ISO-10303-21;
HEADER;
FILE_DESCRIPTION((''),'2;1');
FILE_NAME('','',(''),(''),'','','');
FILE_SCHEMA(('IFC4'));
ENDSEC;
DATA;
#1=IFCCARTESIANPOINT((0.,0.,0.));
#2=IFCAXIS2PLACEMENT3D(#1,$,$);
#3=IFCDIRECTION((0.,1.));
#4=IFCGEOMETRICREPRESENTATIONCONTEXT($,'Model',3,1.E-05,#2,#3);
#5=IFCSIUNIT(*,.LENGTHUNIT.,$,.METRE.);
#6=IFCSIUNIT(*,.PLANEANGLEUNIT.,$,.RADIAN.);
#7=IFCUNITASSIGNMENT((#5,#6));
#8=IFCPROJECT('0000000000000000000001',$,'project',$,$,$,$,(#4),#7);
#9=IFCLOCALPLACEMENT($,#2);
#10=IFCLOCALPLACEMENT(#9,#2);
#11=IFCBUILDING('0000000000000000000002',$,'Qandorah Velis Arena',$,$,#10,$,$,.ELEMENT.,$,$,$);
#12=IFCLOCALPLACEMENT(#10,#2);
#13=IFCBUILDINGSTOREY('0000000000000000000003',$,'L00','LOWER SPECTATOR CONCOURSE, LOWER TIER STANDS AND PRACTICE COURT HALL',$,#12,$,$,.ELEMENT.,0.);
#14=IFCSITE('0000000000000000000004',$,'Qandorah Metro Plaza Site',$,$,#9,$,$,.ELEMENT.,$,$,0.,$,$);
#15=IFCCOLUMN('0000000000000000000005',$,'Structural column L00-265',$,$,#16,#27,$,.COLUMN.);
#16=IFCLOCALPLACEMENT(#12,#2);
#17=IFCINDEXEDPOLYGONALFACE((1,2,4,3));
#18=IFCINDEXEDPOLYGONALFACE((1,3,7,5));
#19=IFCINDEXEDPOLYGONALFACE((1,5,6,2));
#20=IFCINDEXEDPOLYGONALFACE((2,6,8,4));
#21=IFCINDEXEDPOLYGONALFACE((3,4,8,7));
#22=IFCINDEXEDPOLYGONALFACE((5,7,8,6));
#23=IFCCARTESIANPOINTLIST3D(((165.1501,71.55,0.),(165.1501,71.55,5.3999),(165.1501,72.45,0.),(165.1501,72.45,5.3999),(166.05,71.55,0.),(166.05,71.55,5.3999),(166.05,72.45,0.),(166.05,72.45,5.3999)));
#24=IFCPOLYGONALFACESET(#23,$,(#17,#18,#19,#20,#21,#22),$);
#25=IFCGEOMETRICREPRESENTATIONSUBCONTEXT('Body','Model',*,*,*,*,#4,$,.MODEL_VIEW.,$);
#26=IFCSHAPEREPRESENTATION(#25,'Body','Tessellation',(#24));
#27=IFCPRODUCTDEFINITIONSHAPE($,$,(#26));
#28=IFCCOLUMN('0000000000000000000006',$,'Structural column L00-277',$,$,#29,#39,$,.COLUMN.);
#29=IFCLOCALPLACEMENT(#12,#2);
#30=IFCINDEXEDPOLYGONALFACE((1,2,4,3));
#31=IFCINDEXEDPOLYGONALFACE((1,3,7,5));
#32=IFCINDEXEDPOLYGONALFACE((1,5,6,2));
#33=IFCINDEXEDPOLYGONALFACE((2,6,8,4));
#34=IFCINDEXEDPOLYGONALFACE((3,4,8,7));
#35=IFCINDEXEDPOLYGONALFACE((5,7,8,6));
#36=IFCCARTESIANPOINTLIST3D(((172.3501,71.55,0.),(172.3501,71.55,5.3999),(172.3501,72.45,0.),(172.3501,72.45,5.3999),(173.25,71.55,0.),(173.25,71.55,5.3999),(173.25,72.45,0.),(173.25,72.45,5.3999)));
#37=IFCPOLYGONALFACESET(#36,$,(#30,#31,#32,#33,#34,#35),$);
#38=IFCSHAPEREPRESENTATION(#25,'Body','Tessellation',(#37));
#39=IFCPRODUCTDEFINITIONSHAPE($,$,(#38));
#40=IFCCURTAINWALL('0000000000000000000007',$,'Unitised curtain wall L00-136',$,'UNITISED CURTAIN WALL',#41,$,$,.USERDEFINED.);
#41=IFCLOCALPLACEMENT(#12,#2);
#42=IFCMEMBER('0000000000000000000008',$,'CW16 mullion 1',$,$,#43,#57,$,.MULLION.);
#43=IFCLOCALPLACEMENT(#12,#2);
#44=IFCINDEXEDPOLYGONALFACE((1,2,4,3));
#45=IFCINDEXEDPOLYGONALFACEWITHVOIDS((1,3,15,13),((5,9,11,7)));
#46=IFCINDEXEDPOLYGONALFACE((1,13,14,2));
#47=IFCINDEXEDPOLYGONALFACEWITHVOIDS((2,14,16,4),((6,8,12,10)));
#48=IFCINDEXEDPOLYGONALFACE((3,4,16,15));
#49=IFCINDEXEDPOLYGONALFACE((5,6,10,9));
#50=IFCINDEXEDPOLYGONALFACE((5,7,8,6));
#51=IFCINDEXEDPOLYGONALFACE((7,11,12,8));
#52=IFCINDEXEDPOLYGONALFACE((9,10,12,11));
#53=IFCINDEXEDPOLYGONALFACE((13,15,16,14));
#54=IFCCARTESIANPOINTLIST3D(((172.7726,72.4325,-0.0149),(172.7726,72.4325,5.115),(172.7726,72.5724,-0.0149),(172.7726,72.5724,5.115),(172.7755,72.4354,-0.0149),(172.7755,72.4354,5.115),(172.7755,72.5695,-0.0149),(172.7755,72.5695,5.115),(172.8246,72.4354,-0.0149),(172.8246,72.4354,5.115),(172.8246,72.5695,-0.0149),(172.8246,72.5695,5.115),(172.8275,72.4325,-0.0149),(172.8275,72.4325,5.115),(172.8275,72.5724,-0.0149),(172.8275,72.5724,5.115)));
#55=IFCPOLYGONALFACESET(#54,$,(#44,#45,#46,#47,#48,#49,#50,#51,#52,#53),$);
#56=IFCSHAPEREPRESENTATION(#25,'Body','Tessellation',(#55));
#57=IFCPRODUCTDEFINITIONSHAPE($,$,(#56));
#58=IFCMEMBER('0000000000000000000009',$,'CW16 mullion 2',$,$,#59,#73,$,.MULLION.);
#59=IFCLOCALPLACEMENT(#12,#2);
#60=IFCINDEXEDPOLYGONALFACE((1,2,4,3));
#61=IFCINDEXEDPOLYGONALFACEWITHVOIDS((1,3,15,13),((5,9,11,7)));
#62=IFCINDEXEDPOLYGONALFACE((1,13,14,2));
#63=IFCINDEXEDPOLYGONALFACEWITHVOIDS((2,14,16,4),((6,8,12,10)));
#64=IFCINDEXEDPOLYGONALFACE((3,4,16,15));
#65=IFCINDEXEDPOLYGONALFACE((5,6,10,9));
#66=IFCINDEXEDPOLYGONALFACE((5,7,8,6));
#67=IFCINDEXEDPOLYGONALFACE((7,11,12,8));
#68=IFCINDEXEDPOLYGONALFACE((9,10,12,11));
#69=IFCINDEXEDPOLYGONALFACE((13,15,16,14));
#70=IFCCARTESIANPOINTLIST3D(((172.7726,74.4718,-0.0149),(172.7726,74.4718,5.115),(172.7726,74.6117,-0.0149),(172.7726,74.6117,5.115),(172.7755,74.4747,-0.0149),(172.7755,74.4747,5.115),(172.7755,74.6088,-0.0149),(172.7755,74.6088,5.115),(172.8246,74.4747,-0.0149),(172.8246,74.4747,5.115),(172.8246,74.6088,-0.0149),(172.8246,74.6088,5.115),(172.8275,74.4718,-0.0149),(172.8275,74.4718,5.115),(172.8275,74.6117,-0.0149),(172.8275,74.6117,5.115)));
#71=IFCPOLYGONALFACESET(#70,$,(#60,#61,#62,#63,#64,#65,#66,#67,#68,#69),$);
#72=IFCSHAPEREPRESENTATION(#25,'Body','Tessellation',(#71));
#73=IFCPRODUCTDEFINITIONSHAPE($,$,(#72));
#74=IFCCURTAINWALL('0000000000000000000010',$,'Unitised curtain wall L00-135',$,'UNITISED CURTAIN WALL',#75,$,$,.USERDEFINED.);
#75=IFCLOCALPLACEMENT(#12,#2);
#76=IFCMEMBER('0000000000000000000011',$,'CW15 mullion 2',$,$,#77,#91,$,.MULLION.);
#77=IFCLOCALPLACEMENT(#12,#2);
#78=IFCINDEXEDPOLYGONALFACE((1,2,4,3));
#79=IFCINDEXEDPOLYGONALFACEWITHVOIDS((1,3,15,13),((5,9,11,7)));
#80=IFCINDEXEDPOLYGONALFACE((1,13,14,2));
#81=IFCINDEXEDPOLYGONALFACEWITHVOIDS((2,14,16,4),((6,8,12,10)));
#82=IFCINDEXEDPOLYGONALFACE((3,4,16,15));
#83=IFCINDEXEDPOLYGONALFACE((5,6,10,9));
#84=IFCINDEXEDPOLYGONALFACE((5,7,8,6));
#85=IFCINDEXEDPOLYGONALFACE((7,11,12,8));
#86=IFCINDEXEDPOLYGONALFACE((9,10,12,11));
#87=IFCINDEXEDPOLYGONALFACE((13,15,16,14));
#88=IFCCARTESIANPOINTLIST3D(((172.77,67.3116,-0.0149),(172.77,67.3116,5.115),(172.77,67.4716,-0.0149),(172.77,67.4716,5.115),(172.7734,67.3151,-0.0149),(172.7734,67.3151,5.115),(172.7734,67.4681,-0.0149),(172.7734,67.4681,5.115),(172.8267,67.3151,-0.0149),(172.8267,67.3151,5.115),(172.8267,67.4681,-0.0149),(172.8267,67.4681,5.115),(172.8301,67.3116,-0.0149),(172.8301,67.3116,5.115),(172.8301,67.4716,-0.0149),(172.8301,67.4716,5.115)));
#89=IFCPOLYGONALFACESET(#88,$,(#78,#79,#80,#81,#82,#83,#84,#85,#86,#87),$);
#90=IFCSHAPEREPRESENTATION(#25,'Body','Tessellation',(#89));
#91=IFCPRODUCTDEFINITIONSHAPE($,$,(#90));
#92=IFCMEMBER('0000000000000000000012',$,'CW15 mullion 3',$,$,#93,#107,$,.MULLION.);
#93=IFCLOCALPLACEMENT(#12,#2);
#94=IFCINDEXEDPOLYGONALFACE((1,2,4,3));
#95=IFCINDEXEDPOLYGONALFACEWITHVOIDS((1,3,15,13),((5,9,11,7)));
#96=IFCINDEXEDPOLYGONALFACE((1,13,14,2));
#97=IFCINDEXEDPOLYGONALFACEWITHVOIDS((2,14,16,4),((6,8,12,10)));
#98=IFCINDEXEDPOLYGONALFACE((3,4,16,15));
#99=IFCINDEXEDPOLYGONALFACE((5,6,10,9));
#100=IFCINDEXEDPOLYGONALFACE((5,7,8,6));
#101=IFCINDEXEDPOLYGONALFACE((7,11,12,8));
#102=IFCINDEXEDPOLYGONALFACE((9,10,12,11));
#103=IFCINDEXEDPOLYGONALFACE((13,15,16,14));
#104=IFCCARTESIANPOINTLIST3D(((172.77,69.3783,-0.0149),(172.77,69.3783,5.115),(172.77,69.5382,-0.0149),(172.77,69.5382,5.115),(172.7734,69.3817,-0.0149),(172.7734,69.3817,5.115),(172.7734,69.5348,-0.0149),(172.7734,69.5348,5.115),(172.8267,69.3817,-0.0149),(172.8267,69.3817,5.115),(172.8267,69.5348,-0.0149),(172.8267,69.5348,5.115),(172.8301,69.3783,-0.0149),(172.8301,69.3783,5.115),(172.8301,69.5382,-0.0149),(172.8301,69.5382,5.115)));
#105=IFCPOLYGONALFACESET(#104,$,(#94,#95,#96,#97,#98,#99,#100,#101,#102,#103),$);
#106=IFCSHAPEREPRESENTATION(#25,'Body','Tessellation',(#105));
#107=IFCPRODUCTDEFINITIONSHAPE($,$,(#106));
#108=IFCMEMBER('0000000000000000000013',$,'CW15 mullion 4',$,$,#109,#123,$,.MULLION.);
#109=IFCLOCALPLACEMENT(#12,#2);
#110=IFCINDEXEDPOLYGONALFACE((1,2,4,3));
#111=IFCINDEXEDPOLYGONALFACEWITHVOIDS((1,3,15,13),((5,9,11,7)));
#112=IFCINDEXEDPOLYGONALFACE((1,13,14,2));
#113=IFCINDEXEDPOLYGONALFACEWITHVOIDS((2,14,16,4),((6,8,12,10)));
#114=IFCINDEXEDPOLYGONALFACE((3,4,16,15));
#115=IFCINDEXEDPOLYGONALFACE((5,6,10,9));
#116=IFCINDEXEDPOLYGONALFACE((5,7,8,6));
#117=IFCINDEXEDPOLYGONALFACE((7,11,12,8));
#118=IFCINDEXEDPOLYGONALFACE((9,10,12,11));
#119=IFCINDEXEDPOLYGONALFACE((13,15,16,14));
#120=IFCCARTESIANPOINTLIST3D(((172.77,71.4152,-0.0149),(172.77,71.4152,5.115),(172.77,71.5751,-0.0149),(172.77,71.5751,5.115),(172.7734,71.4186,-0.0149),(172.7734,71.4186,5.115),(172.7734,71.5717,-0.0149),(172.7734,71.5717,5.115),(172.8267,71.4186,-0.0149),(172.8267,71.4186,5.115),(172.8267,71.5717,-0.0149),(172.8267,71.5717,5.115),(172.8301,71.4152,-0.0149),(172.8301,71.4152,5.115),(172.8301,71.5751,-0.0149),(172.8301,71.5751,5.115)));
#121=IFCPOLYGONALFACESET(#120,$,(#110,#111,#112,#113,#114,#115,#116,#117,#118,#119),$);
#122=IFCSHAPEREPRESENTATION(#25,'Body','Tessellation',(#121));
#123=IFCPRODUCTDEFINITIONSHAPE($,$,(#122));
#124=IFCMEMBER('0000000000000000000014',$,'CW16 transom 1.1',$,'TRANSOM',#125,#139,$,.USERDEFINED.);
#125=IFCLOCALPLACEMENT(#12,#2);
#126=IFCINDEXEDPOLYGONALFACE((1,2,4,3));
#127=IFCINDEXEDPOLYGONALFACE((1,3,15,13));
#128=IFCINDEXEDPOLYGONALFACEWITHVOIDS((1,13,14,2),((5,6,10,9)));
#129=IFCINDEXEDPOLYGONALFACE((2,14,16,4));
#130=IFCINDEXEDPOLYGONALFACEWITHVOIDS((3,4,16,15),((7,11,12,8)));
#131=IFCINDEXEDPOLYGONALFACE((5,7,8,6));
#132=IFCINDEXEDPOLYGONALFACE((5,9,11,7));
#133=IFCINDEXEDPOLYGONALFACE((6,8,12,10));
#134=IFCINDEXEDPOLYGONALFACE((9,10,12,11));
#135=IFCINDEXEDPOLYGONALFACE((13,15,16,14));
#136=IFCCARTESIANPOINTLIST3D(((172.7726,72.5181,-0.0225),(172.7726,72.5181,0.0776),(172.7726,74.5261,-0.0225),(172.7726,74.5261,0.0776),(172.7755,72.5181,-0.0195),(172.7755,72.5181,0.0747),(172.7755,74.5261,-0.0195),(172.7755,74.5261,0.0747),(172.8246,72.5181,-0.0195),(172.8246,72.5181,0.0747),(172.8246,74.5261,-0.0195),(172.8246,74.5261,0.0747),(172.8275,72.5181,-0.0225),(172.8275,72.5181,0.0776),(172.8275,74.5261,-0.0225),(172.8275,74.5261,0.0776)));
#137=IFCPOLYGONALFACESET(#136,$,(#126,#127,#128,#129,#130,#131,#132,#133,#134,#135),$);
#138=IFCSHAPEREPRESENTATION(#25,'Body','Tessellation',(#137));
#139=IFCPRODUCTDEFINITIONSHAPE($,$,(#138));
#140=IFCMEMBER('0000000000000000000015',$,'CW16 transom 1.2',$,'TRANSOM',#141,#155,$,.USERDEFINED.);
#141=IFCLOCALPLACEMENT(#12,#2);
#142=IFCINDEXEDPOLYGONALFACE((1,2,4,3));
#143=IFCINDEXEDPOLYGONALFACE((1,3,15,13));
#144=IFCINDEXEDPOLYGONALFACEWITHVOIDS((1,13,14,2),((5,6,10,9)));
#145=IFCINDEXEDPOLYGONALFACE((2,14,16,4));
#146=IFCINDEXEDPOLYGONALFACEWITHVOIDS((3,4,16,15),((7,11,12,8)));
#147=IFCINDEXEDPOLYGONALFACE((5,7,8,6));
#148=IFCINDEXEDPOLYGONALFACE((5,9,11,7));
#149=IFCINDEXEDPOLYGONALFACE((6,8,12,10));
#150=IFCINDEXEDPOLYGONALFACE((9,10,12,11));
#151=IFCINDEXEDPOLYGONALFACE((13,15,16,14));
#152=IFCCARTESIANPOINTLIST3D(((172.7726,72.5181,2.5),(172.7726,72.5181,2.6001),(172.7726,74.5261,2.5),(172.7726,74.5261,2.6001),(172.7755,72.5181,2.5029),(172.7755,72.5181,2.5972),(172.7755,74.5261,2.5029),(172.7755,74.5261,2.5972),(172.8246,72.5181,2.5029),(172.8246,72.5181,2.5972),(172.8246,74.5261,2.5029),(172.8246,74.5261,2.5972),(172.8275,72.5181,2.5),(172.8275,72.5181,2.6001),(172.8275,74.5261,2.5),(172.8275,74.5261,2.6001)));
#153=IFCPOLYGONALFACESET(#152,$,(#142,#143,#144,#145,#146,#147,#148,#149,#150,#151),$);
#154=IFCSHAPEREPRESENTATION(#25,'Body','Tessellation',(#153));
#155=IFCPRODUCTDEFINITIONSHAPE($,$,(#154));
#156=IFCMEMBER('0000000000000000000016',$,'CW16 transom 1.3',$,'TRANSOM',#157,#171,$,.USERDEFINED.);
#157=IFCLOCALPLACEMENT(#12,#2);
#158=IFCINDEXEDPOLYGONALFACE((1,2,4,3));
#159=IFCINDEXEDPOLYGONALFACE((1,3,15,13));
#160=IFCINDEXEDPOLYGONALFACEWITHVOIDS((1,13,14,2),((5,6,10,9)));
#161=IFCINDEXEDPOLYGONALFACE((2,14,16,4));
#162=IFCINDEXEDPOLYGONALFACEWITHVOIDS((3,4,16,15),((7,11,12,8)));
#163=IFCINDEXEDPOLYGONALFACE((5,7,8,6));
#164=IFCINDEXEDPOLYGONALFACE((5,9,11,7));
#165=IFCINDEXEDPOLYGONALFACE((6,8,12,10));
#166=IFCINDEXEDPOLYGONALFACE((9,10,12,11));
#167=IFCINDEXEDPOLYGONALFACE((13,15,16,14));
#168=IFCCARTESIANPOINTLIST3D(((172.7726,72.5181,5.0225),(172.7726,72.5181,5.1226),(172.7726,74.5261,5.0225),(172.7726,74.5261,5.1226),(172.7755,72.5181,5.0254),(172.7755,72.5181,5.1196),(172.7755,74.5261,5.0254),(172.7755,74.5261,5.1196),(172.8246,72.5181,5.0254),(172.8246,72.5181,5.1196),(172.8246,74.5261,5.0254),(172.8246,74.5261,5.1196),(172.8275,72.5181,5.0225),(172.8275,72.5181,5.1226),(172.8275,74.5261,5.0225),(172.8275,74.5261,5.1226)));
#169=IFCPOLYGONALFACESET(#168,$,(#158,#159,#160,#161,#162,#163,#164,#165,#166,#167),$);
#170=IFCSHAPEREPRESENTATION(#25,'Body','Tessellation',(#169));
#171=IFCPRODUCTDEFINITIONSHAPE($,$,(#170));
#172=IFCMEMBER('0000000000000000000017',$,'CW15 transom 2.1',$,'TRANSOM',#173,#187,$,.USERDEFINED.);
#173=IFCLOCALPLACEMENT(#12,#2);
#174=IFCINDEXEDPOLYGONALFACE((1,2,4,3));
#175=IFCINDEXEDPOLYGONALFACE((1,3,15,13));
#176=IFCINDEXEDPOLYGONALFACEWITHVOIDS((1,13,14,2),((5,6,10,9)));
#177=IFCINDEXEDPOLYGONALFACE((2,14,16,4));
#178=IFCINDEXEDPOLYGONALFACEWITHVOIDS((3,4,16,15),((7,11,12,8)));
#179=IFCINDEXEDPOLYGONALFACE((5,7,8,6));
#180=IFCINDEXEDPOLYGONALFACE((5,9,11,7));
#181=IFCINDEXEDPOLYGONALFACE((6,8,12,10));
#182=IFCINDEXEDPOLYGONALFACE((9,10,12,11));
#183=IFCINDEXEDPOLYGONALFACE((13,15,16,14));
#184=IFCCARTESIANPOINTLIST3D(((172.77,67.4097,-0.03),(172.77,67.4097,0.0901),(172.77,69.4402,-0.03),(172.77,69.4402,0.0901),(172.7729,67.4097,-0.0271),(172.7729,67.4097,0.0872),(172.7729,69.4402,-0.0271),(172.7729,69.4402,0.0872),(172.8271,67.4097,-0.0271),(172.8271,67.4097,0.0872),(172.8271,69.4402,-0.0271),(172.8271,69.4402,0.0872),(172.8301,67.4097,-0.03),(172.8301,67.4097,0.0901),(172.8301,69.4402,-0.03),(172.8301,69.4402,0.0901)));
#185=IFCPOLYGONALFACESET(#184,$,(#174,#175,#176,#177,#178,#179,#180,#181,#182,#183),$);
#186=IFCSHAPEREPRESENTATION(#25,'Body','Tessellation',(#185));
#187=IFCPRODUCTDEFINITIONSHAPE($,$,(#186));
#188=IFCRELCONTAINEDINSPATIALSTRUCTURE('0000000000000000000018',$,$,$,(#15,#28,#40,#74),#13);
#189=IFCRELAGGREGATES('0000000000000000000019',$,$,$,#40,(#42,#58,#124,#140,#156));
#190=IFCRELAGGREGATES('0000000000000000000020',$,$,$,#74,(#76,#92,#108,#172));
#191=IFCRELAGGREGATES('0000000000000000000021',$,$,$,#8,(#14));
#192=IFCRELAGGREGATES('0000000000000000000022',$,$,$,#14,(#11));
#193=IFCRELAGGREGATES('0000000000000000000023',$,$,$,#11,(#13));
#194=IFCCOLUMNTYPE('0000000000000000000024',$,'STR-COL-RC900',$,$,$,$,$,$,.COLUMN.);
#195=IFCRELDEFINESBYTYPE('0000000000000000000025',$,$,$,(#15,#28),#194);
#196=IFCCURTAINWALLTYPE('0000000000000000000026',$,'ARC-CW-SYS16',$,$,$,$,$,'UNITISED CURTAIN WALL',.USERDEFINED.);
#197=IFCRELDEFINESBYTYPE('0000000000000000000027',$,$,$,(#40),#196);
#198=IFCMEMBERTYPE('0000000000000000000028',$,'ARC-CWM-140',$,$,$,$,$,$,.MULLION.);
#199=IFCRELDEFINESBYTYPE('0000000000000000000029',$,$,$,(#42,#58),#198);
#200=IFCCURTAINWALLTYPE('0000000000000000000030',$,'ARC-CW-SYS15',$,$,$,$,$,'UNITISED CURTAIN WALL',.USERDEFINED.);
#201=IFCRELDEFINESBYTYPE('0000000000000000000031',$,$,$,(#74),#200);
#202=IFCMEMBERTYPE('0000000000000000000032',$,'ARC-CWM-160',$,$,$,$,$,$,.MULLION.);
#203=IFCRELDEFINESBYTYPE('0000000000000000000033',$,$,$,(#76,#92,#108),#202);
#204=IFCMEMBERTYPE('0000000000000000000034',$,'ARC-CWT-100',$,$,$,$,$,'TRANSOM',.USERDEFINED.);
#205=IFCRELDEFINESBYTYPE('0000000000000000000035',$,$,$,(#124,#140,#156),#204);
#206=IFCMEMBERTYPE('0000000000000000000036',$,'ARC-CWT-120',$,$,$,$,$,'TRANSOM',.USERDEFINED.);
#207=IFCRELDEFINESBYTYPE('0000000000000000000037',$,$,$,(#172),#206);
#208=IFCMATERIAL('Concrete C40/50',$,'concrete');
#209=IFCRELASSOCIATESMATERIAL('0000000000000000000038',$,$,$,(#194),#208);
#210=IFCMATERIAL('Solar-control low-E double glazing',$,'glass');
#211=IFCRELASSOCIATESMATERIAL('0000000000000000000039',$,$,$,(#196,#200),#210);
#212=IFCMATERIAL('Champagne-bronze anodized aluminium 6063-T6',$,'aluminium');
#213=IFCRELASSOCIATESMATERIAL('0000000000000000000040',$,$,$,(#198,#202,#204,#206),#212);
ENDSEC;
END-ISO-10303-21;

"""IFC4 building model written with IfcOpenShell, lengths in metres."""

from ifc_helpers import new_model, si_unit, direction, frame, origin, origin_2d, place, context, subcontext, project, spatial, rectangle, hollow_rectangle, extrude, material, material_profile, profile_set, type_object, element, aggregate, save


model = new_model("IFC4")

# Units and contexts
model_context = context("Model", 3, precision=1e-05, world=origin(), true_north=direction((0.0, 1.0)))
body_context = subcontext(model_context, "Body", "Model", "MODEL_VIEW")
ifc_project = project(units=[si_unit("LENGTHUNIT", "METRE"), si_unit("PLANEANGLEUNIT", "RADIAN")], contexts=[model_context])

# Site, building, storey
site_placement = place(None, origin())
site = spatial("IfcSite", under=ifc_project, at=site_placement, Name="Qandorah Metro Plaza Site", CompositionType="ELEMENT", RefElevation=0.0)
building_placement = place(site_placement, origin())
building = spatial("IfcBuilding", under=site, at=building_placement, Name="Qandorah Velis Arena", CompositionType="ELEMENT")
storey_placement = place(building_placement, origin())
storey = spatial("IfcBuildingStorey", under=building, at=storey_placement, Name="L00", Description="LOWER SPECTATOR CONCOURSE, LOWER TIER STANDS AND PRACTICE COURT HALL", CompositionType="ELEMENT", Elevation=0.0)

# Columns
ifc_material_1 = material(Name="Concrete C40/50", Category="concrete")
ifc_material_profile_1 = material_profile(ifc_material_1, rectangle(XDim=0.8999, YDim=0.8999, at=origin_2d()), Name="RC COL 900x900")
ifc_profile_set_1 = profile_set([ifc_material_profile_1], Name="Concrete C40/50")
column_type = type_object("IfcColumnType", Name="STR-COL-RC900", PredefinedType="COLUMN", material=ifc_profile_set_1)
for number, where, z_axis, x_axis, name in (
    (1, (165.6001, 72.0, 0.0), (0.0, 0.0, 1.0), (1.0, 0.0, 0.0), "Structural column L00-265"),
    (2, (172.8, 72.0, 0.0), (0.0, 0.0, 1.0), (1.0, 0.0, 0.0), "Structural column L00-277"),
):
    element("IfcColumn", number, at=place(storey_placement, frame(where, z_axis=z_axis, x_axis=x_axis)), inside=storey, type_object=column_type, Name=name, PredefinedType="COLUMN", context=body_context, shape_type="SweptSolid", body=[
        extrude(rectangle(XDim=0.8999, YDim=0.8999, at=origin_2d()), origin(), (0.0, 0.0, 1.0), 5.3999),
    ])

# Curtain walls, members
ifc_material_2 = material(Name="Solar-control low-E double glazing", Category="glass")
curtain_wall_type_1 = type_object("IfcCurtainWallType", Name="ARC-CW-SYS16", ElementType="UNITISED CURTAIN WALL", PredefinedType="USERDEFINED", material=ifc_material_2)
curtain_wall_1_placement = place(storey_placement, origin())
curtain_wall_1 = element("IfcCurtainWall", 3, at=curtain_wall_1_placement, inside=storey, type_object=curtain_wall_type_1, Name="Unitised curtain wall L00-136", ObjectType="UNITISED CURTAIN WALL", PredefinedType="USERDEFINED")
ifc_material_3 = material(Name="Champagne-bronze anodized aluminium 6063-T6", Category="aluminium")
ifc_material_profile_2 = material_profile(ifc_material_3, hollow_rectangle(XDim=0.0549, YDim=0.1399, WallThickness=0.0029, at=origin_2d()), Name="ALU MULLION 55x140")
ifc_profile_set_2 = profile_set([ifc_material_profile_2], Name="Champagne-bronze anodized aluminium 6063-T6")
member_type_1 = type_object("IfcMemberType", Name="ARC-CWM-140", PredefinedType="MULLION", material=ifc_profile_set_2)
member_1_placement = place(storey_placement, frame((172.8, 72.5024, -0.0149), z_axis=(0.0, 0.0, 1.0), x_axis=(-1.0, 0.0, 0.0)))
member_1 = element("IfcMember", 4, at=member_1_placement, type_object=member_type_1, Name="CW16 mullion 1", PredefinedType="MULLION", context=body_context, shape_type="SweptSolid", body=[
    extrude(hollow_rectangle(XDim=0.0549, YDim=0.1399, WallThickness=0.0029, at=origin_2d()), origin(), (0.0, 0.0, 1.0), 5.1299),
])
member_2_placement = place(storey_placement, frame((172.8, 74.5417, -0.0149), z_axis=(0.0, 0.0, 1.0), x_axis=(-1.0, 0.0, 0.0)))
member_2 = element("IfcMember", 5, at=member_2_placement, type_object=member_type_1, Name="CW16 mullion 2", PredefinedType="MULLION", context=body_context, shape_type="SweptSolid", body=[
    extrude(hollow_rectangle(XDim=0.0549, YDim=0.1399, WallThickness=0.0029, at=origin_2d()), origin(), (0.0, 0.0, 1.0), 5.1299),
])
curtain_wall_type_2 = type_object("IfcCurtainWallType", Name="ARC-CW-SYS15", ElementType="UNITISED CURTAIN WALL", PredefinedType="USERDEFINED", material=ifc_material_2)
curtain_wall_2_placement = place(storey_placement, origin())
curtain_wall_2 = element("IfcCurtainWall", 6, at=curtain_wall_2_placement, inside=storey, type_object=curtain_wall_type_2, Name="Unitised curtain wall L00-135", ObjectType="UNITISED CURTAIN WALL", PredefinedType="USERDEFINED")
ifc_material_profile_3 = material_profile(ifc_material_3, hollow_rectangle(XDim=0.0601, YDim=0.1599, WallThickness=0.0034, at=origin_2d()), Name="ALU MULLION 60x160")
ifc_profile_set_3 = profile_set([ifc_material_profile_3], Name="Champagne-bronze anodized aluminium 6063-T6")
member_type_2 = type_object("IfcMemberType", Name="ARC-CWM-160", PredefinedType="MULLION", material=ifc_profile_set_3)
member_3_placement = place(storey_placement, frame((172.8, 67.3916, -0.0149), z_axis=(0.0, 0.0, 1.0), x_axis=(-1.0, 0.0, 0.0)))
member_3 = element("IfcMember", 7, at=member_3_placement, type_object=member_type_2, Name="CW15 mullion 2", PredefinedType="MULLION", context=body_context, shape_type="SweptSolid", body=[
    extrude(hollow_rectangle(XDim=0.0601, YDim=0.1599, WallThickness=0.0034, at=origin_2d()), origin(), (0.0, 0.0, 1.0), 5.1299),
])
member_4_placement = place(storey_placement, frame((172.8, 69.4583, -0.0149), z_axis=(0.0, 0.0, 1.0), x_axis=(-1.0, 0.0, 0.0)))
member_4 = element("IfcMember", 8, at=member_4_placement, type_object=member_type_2, Name="CW15 mullion 3", PredefinedType="MULLION", context=body_context, shape_type="SweptSolid", body=[
    extrude(hollow_rectangle(XDim=0.0601, YDim=0.1599, WallThickness=0.0034, at=origin_2d()), origin(), (0.0, 0.0, 1.0), 5.1299),
])
member_5_placement = place(storey_placement, frame((172.8, 71.4951, -0.0149), z_axis=(0.0, 0.0, 1.0), x_axis=(-1.0, 0.0, 0.0)))
member_5 = element("IfcMember", 9, at=member_5_placement, type_object=member_type_2, Name="CW15 mullion 4", PredefinedType="MULLION", context=body_context, shape_type="SweptSolid", body=[
    extrude(hollow_rectangle(XDim=0.0601, YDim=0.1599, WallThickness=0.0034, at=origin_2d()), origin(), (0.0, 0.0, 1.0), 5.1299),
])

# Members
ifc_material_profile_4 = material_profile(ifc_material_3, hollow_rectangle(XDim=0.0549, YDim=0.1001, WallThickness=0.0029, at=origin_2d()), Name="ALU TRANSOM 55x100")
ifc_profile_set_4 = profile_set([ifc_material_profile_4], Name="Champagne-bronze anodized aluminium 6063-T6")
member_type_3 = type_object("IfcMemberType", Name="ARC-CWT-100", ElementType="TRANSOM", PredefinedType="USERDEFINED", material=ifc_profile_set_4)
member_6_placement = place(storey_placement, frame((172.8, 72.5181, 0.0276), z_axis=(0.0, 1.0, 0.0), x_axis=(-1.0, 0.0, 0.0)))
member_6 = element("IfcMember", 10, at=member_6_placement, type_object=member_type_3, Name="CW16 transom 1.1", ObjectType="TRANSOM", PredefinedType="USERDEFINED", context=body_context, shape_type="SweptSolid", body=[
    extrude(hollow_rectangle(XDim=0.0549, YDim=0.1001, WallThickness=0.0029, at=origin_2d()), origin(), (0.0, 0.0, 1.0), 2.0081),
])
member_7_placement = place(storey_placement, frame((172.8, 72.5181, 2.55), z_axis=(0.0, 1.0, 0.0), x_axis=(-1.0, 0.0, 0.0)))
member_7 = element("IfcMember", 11, at=member_7_placement, type_object=member_type_3, Name="CW16 transom 1.2", ObjectType="TRANSOM", PredefinedType="USERDEFINED", context=body_context, shape_type="SweptSolid", body=[
    extrude(hollow_rectangle(XDim=0.0549, YDim=0.1001, WallThickness=0.0029, at=origin_2d()), origin(), (0.0, 0.0, 1.0), 2.0081),
])
member_8_placement = place(storey_placement, frame((172.8, 72.5181, 5.0725), z_axis=(0.0, 1.0, 0.0), x_axis=(-1.0, 0.0, 0.0)))
member_8 = element("IfcMember", 12, at=member_8_placement, type_object=member_type_3, Name="CW16 transom 1.3", ObjectType="TRANSOM", PredefinedType="USERDEFINED", context=body_context, shape_type="SweptSolid", body=[
    extrude(hollow_rectangle(XDim=0.0549, YDim=0.1001, WallThickness=0.0029, at=origin_2d()), origin(), (0.0, 0.0, 1.0), 2.0081),
])
ifc_material_profile_5 = material_profile(ifc_material_3, hollow_rectangle(XDim=0.0601, YDim=0.1201, WallThickness=0.0029, at=origin_2d()), Name="ALU TRANSOM 60x120")
ifc_profile_set_5 = profile_set([ifc_material_profile_5], Name="Champagne-bronze anodized aluminium 6063-T6")
member_type_4 = type_object("IfcMemberType", Name="ARC-CWT-120", ElementType="TRANSOM", PredefinedType="USERDEFINED", material=ifc_profile_set_5)
member_9_placement = place(storey_placement, frame((172.8, 67.4097, 0.03), z_axis=(0.0, 1.0, 0.0), x_axis=(-1.0, 0.0, 0.0)))
member_9 = element("IfcMember", 13, at=member_9_placement, type_object=member_type_4, Name="CW15 transom 2.1", ObjectType="TRANSOM", PredefinedType="USERDEFINED", context=body_context, shape_type="SweptSolid", body=[
    extrude(hollow_rectangle(XDim=0.0601, YDim=0.1201, WallThickness=0.0029, at=origin_2d()), origin(), (0.0, 0.0, 1.0), 2.0305),
])

aggregate(curtain_wall_1, [member_1, member_2, member_6, member_7, member_8])
aggregate(curtain_wall_2, [member_3, member_4, member_5, member_9])

save(model, "model.ifc")
